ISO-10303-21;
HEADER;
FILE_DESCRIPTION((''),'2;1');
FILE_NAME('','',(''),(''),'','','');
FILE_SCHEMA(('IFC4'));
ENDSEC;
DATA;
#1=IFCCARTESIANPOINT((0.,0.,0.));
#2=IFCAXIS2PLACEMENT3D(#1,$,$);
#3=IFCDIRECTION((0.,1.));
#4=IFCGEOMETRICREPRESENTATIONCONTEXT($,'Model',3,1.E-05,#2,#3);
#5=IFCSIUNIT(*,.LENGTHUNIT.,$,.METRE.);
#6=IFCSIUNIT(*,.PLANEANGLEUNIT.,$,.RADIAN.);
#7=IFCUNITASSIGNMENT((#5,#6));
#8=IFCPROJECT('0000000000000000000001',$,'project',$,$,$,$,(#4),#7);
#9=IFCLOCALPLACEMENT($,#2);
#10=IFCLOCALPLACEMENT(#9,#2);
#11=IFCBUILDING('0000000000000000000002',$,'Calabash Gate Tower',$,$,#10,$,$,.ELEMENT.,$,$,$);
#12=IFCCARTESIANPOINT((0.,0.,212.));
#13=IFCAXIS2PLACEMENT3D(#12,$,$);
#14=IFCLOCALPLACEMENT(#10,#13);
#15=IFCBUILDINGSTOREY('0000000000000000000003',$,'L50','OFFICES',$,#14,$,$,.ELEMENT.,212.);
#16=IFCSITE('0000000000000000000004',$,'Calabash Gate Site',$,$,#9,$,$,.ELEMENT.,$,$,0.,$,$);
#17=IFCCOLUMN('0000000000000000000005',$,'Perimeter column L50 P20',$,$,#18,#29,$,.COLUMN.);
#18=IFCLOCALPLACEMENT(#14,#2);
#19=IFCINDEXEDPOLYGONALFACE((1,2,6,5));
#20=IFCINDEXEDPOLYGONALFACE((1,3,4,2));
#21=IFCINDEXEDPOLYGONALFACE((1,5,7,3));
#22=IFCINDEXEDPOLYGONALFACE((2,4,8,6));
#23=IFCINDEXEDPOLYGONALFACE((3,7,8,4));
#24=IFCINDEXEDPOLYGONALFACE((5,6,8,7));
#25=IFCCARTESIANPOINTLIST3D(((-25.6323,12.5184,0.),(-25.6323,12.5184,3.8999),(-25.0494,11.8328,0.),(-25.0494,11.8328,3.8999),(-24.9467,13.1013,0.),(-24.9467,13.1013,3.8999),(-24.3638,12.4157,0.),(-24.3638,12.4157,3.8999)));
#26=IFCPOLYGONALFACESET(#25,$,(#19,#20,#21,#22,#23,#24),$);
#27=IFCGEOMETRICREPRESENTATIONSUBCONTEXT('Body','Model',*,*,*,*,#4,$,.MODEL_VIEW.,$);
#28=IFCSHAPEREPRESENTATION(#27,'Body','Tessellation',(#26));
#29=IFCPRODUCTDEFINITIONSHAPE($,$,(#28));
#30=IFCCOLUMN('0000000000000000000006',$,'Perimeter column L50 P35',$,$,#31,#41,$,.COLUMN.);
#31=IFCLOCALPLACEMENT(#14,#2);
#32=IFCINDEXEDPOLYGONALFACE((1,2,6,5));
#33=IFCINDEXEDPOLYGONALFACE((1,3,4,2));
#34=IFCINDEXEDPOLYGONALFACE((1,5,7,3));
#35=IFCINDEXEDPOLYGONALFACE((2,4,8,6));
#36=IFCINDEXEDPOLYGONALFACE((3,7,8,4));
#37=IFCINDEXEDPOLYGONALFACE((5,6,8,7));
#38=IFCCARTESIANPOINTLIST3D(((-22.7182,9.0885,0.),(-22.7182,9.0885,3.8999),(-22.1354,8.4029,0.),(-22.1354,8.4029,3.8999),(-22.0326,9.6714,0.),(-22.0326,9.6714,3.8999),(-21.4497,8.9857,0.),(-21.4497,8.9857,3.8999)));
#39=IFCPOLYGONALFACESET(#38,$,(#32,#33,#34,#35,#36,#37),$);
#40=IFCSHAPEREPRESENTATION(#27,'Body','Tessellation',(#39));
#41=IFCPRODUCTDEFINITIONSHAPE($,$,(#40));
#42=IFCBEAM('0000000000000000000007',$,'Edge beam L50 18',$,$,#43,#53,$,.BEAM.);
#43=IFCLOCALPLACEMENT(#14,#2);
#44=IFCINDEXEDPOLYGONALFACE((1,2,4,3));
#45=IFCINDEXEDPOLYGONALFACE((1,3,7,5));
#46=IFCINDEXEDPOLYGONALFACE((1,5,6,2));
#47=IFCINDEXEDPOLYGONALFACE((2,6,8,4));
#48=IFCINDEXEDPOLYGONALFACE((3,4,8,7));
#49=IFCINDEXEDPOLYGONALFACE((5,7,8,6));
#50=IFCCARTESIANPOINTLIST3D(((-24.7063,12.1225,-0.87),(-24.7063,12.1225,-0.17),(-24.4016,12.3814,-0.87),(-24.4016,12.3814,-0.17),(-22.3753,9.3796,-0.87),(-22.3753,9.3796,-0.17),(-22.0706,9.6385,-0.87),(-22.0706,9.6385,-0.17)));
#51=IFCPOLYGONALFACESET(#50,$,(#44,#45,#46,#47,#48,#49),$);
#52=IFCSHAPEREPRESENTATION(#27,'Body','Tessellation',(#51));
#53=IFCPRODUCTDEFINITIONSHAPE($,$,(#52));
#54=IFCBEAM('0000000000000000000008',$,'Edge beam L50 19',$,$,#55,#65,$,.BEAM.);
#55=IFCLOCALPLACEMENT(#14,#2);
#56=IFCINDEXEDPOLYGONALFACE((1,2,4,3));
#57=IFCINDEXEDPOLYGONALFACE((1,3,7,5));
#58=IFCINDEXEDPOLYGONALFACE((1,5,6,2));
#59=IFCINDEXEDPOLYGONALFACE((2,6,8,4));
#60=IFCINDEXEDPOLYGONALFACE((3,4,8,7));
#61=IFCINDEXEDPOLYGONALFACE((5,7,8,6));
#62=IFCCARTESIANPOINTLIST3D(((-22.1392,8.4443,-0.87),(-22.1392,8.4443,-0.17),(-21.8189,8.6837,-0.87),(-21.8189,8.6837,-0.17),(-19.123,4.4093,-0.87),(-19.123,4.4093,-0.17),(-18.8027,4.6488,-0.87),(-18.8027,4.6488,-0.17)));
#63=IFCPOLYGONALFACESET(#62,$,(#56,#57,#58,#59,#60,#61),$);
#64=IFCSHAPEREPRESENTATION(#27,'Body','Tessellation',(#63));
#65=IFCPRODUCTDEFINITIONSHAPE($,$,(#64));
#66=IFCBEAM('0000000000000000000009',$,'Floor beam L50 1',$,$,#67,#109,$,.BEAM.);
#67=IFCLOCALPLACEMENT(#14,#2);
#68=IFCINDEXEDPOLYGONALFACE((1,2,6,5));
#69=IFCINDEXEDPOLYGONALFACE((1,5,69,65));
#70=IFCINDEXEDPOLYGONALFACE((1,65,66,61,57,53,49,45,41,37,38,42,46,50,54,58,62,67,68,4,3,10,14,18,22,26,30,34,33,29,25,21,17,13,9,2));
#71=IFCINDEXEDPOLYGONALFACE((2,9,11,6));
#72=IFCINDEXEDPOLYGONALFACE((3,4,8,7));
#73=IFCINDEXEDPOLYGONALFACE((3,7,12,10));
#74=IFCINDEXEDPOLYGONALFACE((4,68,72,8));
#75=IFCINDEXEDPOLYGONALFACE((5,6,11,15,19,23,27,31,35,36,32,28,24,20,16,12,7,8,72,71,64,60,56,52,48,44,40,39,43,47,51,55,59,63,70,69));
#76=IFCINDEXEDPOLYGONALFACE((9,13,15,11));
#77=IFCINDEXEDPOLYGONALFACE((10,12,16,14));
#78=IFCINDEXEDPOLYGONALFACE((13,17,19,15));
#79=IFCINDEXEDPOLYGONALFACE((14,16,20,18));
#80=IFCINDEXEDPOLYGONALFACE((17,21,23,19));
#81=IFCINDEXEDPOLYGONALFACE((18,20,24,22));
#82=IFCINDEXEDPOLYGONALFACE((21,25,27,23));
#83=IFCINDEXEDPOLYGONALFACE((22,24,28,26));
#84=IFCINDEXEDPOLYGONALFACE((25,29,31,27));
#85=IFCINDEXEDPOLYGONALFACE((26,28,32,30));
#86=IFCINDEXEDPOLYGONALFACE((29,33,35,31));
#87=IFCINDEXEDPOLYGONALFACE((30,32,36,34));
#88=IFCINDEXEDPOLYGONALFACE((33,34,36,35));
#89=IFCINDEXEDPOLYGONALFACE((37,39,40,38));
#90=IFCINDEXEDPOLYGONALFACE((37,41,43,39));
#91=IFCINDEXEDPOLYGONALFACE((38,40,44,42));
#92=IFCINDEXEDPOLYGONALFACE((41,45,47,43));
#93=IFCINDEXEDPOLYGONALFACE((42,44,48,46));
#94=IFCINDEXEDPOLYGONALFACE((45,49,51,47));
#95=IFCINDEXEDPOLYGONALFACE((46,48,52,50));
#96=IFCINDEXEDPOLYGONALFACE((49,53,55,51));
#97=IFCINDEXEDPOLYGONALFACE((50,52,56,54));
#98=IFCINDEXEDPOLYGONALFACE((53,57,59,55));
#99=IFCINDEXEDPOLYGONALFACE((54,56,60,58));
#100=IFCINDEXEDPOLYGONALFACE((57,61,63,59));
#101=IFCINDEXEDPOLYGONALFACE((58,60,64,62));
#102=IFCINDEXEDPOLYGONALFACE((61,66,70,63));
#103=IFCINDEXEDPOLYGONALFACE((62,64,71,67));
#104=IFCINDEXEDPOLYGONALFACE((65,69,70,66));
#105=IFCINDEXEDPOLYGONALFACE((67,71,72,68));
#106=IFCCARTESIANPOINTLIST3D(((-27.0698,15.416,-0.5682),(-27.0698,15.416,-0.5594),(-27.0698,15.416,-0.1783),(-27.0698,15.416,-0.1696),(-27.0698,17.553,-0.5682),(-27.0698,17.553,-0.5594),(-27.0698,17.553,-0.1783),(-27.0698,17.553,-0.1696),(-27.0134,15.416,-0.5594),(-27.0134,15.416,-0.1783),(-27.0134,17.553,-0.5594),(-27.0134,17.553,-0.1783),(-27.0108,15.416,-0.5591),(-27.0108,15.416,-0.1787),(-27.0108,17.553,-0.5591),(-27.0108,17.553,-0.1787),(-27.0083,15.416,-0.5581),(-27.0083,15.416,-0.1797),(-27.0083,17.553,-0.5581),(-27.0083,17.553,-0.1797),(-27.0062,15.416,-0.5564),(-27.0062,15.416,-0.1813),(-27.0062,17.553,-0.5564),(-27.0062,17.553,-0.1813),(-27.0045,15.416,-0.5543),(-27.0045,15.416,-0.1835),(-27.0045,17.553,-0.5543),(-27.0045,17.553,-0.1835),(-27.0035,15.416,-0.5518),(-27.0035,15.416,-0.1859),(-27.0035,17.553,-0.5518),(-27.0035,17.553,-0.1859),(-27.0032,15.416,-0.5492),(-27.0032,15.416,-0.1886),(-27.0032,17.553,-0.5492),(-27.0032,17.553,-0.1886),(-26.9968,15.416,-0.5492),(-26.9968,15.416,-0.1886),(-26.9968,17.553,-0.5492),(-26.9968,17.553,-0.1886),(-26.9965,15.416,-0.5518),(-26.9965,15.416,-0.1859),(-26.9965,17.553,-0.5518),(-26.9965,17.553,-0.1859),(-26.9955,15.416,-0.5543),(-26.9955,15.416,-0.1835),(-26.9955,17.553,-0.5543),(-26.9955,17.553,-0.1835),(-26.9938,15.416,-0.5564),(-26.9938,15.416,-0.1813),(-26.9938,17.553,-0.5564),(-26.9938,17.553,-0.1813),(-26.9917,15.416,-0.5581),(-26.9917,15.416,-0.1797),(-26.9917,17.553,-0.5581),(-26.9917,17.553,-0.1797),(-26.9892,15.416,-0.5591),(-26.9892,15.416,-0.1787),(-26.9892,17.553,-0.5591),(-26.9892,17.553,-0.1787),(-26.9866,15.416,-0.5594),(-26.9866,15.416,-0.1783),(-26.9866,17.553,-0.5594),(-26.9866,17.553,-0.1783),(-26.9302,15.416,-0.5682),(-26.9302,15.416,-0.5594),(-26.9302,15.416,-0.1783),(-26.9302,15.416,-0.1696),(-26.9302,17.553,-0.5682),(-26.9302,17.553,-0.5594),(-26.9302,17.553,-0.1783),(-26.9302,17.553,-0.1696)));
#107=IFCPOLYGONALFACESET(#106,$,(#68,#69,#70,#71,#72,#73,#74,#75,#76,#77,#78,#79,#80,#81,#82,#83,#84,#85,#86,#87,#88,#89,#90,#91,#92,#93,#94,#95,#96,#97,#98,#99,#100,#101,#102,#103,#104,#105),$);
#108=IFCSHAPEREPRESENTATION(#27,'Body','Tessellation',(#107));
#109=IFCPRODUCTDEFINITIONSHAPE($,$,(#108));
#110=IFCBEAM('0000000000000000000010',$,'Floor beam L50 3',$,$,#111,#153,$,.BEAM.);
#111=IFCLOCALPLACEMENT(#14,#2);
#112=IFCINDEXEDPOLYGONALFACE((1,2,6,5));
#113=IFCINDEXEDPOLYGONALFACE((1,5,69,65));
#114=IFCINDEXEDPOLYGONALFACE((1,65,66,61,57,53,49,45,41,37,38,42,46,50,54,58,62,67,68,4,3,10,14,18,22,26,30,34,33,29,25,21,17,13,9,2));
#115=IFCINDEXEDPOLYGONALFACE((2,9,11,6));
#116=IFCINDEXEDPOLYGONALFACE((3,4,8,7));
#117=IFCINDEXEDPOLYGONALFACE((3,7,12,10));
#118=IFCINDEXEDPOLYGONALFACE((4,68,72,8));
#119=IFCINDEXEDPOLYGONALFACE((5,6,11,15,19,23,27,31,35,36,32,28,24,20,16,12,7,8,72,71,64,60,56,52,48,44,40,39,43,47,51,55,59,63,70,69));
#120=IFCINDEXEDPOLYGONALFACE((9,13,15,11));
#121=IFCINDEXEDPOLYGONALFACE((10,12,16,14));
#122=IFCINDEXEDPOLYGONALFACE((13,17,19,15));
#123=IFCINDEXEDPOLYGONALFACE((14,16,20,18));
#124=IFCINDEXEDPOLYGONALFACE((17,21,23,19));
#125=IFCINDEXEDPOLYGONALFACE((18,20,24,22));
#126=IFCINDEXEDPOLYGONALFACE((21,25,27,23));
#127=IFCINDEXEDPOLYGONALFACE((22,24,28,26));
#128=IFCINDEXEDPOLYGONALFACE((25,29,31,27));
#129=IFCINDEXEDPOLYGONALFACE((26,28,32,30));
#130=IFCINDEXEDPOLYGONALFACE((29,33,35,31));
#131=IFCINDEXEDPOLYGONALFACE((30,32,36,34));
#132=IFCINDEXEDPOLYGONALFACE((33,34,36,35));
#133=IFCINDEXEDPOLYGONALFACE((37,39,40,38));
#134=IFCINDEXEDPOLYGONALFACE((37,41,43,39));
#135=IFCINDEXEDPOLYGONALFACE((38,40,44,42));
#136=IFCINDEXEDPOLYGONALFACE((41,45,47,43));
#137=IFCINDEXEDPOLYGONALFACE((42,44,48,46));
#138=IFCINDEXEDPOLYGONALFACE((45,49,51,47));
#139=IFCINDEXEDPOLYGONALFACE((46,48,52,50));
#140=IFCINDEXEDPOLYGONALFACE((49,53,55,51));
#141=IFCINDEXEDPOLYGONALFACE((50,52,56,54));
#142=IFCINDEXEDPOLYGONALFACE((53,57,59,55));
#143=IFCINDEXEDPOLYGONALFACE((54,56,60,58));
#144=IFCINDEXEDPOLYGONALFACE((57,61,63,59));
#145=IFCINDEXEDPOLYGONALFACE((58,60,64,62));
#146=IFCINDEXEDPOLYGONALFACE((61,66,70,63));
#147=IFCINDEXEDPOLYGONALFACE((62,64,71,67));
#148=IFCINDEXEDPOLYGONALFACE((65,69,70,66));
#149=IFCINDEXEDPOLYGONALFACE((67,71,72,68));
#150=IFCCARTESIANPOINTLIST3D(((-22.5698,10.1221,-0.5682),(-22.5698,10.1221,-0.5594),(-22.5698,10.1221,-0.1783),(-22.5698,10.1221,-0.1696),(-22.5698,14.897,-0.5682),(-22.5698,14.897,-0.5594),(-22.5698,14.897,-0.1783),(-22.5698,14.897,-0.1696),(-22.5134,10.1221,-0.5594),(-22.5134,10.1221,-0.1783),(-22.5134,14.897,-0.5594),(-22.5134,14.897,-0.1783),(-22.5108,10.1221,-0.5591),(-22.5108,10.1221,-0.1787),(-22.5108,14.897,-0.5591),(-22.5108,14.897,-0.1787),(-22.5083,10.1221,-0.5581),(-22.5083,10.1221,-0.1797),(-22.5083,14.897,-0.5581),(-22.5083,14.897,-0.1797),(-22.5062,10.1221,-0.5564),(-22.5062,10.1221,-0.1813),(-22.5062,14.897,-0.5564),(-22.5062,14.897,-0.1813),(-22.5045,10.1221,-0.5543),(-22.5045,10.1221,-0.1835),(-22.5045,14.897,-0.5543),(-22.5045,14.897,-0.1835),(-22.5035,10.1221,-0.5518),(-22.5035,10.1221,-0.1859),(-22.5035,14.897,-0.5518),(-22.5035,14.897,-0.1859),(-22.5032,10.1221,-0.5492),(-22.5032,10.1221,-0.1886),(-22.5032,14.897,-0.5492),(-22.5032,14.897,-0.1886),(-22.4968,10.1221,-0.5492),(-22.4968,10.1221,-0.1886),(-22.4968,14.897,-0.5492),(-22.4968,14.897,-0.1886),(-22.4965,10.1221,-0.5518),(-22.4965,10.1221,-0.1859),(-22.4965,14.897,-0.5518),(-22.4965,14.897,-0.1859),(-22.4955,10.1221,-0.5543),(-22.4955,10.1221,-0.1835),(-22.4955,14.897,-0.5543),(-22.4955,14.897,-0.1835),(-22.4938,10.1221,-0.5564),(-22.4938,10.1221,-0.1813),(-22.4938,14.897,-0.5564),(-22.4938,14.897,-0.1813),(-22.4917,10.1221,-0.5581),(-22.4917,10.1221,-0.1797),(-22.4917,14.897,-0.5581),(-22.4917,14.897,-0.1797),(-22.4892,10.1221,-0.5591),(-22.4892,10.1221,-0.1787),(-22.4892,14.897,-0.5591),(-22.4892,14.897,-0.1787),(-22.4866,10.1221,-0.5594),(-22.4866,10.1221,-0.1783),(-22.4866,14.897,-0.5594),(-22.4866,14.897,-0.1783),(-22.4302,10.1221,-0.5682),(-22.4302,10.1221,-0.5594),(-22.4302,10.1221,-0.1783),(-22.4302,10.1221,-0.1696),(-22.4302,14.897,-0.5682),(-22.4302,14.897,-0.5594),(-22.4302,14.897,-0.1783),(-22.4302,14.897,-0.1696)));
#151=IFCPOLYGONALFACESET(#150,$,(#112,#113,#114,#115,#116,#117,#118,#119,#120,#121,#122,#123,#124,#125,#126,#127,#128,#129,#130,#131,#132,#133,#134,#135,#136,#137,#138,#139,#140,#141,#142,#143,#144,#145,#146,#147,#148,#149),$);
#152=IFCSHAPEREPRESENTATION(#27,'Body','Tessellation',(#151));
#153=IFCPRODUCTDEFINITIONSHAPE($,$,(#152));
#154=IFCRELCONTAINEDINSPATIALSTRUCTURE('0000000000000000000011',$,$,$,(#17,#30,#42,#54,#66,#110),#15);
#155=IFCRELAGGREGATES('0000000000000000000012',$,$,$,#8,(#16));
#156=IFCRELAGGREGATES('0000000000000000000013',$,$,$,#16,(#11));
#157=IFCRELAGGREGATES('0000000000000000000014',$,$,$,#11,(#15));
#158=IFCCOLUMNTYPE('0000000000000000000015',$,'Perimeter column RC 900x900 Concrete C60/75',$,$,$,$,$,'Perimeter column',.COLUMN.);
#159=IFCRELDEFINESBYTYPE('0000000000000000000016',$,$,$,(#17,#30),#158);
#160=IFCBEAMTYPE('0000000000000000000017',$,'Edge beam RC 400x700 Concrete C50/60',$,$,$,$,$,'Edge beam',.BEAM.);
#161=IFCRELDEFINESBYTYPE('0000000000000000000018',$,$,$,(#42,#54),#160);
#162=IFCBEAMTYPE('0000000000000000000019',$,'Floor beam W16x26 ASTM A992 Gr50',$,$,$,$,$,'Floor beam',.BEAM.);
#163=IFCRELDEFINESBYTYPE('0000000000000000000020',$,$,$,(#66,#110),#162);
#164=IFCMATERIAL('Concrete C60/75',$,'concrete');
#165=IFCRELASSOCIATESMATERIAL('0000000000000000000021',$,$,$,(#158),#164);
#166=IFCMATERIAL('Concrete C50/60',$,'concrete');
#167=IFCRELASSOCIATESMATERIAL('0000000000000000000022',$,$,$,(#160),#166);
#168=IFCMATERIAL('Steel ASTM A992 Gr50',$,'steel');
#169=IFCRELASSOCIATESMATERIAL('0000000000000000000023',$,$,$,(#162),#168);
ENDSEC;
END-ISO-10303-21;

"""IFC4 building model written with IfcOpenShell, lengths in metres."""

from ifc_helpers import new_model, si_unit, direction, frame, origin, origin_2d, place, context, subcontext, project, spatial, rectangle, i_section, extrude, material, material_profile, profile_set, type_object, element, save


model = new_model("IFC4")

# Units and contexts
model_context = context("Model", 3, precision=1e-05, world=origin(), true_north=direction((0.0, 1.0)))
body_context = subcontext(model_context, "Body", "Model", "MODEL_VIEW")
ifc_project = project(units=[si_unit("LENGTHUNIT", "METRE"), si_unit("PLANEANGLEUNIT", "RADIAN")], contexts=[model_context])

# Site, building, storey
site_placement = place(None, origin())
site = spatial("IfcSite", under=ifc_project, at=site_placement, Name="Calabash Gate Site", CompositionType="ELEMENT", RefElevation=0.0)
building_placement = place(site_placement, origin())
building = spatial("IfcBuilding", under=site, at=building_placement, Name="Calabash Gate Tower", CompositionType="ELEMENT")
storey_placement = place(building_placement, frame((0.0, 0.0, 212.0)))
storey = spatial("IfcBuildingStorey", under=building, at=storey_placement, Name="L50", Description="OFFICES", CompositionType="ELEMENT", Elevation=212.0)

# Columns
ifc_material_1 = material(Name="Concrete C60/75", Category="concrete")
ifc_material_profile_1 = material_profile(ifc_material_1, rectangle(XDim=0.8999, YDim=0.8999, at=origin_2d()))
ifc_profile_set_1 = profile_set([ifc_material_profile_1], Name="Concrete C60/75")
column_type = type_object("IfcColumnType", Name="Perimeter column RC 900x900 Concrete C60/75", ElementType="Perimeter column", PredefinedType="COLUMN", material=ifc_profile_set_1)
for number, where, z_axis, x_axis, name in (
    (1, (-24.998, 12.467, 0.0), (0.0, 0.0, 1.0), (0.647704, -0.761892, 0.0), "Perimeter column L50 P20"),
    (2, (-22.084, 9.0371, 0.0), (0.0, 0.0, 1.0), (0.647704, -0.761892, 0.0), "Perimeter column L50 P35"),
):
    element("IfcColumn", number, at=place(storey_placement, frame(where, z_axis=z_axis, x_axis=x_axis)), inside=storey, type_object=column_type, Name=name, PredefinedType="COLUMN", context=body_context, shape_type="SweptSolid", body=[
        extrude(rectangle(XDim=0.8999, YDim=0.8999, at=origin_2d()), origin(), (0.0, 0.0, 1.0), 3.8999),
    ])

# Beams
ifc_material_2 = material(Name="Concrete C50/60", Category="concrete")
ifc_material_profile_2 = material_profile(ifc_material_2, rectangle(XDim=0.3999, YDim=0.7, at=origin_2d()))
ifc_profile_set_2 = profile_set([ifc_material_profile_2], Name="Concrete C50/60")
beam_type_1 = type_object("IfcBeamType", Name="Edge beam RC 400x700 Concrete C50/60", ElementType="Edge beam", PredefinedType="BEAM", material=ifc_profile_set_2)
beam_1_placement = place(storey_placement, frame((-24.554, 12.252, -0.52), z_axis=(0.64758, -0.761998, 0.0), x_axis=(0.761998, 0.64758, 0.0)))
element("IfcBeam", 3, at=beam_1_placement, inside=storey, type_object=beam_type_1, Name="Edge beam L50 18", PredefinedType="BEAM", context=body_context, shape_type="SweptSolid", body=[
    extrude(rectangle(XDim=0.3999, YDim=0.7, at=origin_2d()), origin(), (0.0, 0.0, 1.0), 3.5996),
])
beam_2_placement = place(storey_placement, frame((-21.979, 8.564, -0.52), z_axis=(0.59872, -0.800959, 0.0), x_axis=(0.800959, 0.59872, 0.0)))
element("IfcBeam", 4, at=beam_2_placement, inside=storey, type_object=beam_type_1, Name="Edge beam L50 19", PredefinedType="BEAM", context=body_context, shape_type="SweptSolid", body=[
    extrude(rectangle(XDim=0.3999, YDim=0.7, at=origin_2d()), origin(), (0.0, 0.0, 1.0), 5.0376),
])
ifc_material_3 = material(Name="Steel ASTM A992 Gr50", Category="steel")
ifc_material_profile_3 = material_profile(ifc_material_3, i_section(OverallWidth=0.1396, OverallDepth=0.3987, WebThickness=0.0063, FlangeThickness=0.0088, FilletRadius=0.0103, at=origin_2d()))
ifc_profile_set_3 = profile_set([ifc_material_profile_3], Name="Steel ASTM A992 Gr50")
beam_type_2 = type_object("IfcBeamType", Name="Floor beam W16x26 ASTM A992 Gr50", ElementType="Floor beam", PredefinedType="BEAM", material=ifc_profile_set_3)
beam_3_placement = place(storey_placement, frame((-27.0, 15.416, -0.3689), z_axis=(0.0, 1.0, 0.0), x_axis=(-1.0, 0.0, 0.0)))
element("IfcBeam", 5, at=beam_3_placement, inside=storey, type_object=beam_type_2, Name="Floor beam L50 1", PredefinedType="BEAM", context=body_context, shape_type="SweptSolid", body=[
    extrude(i_section(OverallWidth=0.1396, OverallDepth=0.3987, WebThickness=0.0063, FlangeThickness=0.0088, FilletRadius=0.0103, at=origin_2d()), origin(), (0.0, 0.0, 1.0), 2.137),
])
beam_4_placement = place(storey_placement, frame((-22.5, 10.1221, -0.3689), z_axis=(0.0, 1.0, 0.0), x_axis=(-1.0, 0.0, 0.0)))
element("IfcBeam", 6, at=beam_4_placement, inside=storey, type_object=beam_type_2, Name="Floor beam L50 3", PredefinedType="BEAM", context=body_context, shape_type="SweptSolid", body=[
    extrude(i_section(OverallWidth=0.1396, OverallDepth=0.3987, WebThickness=0.0063, FlangeThickness=0.0088, FilletRadius=0.0103, at=origin_2d()), origin(), (0.0, 0.0, 1.0), 4.7749),
])

save(model, "model.ifc")
